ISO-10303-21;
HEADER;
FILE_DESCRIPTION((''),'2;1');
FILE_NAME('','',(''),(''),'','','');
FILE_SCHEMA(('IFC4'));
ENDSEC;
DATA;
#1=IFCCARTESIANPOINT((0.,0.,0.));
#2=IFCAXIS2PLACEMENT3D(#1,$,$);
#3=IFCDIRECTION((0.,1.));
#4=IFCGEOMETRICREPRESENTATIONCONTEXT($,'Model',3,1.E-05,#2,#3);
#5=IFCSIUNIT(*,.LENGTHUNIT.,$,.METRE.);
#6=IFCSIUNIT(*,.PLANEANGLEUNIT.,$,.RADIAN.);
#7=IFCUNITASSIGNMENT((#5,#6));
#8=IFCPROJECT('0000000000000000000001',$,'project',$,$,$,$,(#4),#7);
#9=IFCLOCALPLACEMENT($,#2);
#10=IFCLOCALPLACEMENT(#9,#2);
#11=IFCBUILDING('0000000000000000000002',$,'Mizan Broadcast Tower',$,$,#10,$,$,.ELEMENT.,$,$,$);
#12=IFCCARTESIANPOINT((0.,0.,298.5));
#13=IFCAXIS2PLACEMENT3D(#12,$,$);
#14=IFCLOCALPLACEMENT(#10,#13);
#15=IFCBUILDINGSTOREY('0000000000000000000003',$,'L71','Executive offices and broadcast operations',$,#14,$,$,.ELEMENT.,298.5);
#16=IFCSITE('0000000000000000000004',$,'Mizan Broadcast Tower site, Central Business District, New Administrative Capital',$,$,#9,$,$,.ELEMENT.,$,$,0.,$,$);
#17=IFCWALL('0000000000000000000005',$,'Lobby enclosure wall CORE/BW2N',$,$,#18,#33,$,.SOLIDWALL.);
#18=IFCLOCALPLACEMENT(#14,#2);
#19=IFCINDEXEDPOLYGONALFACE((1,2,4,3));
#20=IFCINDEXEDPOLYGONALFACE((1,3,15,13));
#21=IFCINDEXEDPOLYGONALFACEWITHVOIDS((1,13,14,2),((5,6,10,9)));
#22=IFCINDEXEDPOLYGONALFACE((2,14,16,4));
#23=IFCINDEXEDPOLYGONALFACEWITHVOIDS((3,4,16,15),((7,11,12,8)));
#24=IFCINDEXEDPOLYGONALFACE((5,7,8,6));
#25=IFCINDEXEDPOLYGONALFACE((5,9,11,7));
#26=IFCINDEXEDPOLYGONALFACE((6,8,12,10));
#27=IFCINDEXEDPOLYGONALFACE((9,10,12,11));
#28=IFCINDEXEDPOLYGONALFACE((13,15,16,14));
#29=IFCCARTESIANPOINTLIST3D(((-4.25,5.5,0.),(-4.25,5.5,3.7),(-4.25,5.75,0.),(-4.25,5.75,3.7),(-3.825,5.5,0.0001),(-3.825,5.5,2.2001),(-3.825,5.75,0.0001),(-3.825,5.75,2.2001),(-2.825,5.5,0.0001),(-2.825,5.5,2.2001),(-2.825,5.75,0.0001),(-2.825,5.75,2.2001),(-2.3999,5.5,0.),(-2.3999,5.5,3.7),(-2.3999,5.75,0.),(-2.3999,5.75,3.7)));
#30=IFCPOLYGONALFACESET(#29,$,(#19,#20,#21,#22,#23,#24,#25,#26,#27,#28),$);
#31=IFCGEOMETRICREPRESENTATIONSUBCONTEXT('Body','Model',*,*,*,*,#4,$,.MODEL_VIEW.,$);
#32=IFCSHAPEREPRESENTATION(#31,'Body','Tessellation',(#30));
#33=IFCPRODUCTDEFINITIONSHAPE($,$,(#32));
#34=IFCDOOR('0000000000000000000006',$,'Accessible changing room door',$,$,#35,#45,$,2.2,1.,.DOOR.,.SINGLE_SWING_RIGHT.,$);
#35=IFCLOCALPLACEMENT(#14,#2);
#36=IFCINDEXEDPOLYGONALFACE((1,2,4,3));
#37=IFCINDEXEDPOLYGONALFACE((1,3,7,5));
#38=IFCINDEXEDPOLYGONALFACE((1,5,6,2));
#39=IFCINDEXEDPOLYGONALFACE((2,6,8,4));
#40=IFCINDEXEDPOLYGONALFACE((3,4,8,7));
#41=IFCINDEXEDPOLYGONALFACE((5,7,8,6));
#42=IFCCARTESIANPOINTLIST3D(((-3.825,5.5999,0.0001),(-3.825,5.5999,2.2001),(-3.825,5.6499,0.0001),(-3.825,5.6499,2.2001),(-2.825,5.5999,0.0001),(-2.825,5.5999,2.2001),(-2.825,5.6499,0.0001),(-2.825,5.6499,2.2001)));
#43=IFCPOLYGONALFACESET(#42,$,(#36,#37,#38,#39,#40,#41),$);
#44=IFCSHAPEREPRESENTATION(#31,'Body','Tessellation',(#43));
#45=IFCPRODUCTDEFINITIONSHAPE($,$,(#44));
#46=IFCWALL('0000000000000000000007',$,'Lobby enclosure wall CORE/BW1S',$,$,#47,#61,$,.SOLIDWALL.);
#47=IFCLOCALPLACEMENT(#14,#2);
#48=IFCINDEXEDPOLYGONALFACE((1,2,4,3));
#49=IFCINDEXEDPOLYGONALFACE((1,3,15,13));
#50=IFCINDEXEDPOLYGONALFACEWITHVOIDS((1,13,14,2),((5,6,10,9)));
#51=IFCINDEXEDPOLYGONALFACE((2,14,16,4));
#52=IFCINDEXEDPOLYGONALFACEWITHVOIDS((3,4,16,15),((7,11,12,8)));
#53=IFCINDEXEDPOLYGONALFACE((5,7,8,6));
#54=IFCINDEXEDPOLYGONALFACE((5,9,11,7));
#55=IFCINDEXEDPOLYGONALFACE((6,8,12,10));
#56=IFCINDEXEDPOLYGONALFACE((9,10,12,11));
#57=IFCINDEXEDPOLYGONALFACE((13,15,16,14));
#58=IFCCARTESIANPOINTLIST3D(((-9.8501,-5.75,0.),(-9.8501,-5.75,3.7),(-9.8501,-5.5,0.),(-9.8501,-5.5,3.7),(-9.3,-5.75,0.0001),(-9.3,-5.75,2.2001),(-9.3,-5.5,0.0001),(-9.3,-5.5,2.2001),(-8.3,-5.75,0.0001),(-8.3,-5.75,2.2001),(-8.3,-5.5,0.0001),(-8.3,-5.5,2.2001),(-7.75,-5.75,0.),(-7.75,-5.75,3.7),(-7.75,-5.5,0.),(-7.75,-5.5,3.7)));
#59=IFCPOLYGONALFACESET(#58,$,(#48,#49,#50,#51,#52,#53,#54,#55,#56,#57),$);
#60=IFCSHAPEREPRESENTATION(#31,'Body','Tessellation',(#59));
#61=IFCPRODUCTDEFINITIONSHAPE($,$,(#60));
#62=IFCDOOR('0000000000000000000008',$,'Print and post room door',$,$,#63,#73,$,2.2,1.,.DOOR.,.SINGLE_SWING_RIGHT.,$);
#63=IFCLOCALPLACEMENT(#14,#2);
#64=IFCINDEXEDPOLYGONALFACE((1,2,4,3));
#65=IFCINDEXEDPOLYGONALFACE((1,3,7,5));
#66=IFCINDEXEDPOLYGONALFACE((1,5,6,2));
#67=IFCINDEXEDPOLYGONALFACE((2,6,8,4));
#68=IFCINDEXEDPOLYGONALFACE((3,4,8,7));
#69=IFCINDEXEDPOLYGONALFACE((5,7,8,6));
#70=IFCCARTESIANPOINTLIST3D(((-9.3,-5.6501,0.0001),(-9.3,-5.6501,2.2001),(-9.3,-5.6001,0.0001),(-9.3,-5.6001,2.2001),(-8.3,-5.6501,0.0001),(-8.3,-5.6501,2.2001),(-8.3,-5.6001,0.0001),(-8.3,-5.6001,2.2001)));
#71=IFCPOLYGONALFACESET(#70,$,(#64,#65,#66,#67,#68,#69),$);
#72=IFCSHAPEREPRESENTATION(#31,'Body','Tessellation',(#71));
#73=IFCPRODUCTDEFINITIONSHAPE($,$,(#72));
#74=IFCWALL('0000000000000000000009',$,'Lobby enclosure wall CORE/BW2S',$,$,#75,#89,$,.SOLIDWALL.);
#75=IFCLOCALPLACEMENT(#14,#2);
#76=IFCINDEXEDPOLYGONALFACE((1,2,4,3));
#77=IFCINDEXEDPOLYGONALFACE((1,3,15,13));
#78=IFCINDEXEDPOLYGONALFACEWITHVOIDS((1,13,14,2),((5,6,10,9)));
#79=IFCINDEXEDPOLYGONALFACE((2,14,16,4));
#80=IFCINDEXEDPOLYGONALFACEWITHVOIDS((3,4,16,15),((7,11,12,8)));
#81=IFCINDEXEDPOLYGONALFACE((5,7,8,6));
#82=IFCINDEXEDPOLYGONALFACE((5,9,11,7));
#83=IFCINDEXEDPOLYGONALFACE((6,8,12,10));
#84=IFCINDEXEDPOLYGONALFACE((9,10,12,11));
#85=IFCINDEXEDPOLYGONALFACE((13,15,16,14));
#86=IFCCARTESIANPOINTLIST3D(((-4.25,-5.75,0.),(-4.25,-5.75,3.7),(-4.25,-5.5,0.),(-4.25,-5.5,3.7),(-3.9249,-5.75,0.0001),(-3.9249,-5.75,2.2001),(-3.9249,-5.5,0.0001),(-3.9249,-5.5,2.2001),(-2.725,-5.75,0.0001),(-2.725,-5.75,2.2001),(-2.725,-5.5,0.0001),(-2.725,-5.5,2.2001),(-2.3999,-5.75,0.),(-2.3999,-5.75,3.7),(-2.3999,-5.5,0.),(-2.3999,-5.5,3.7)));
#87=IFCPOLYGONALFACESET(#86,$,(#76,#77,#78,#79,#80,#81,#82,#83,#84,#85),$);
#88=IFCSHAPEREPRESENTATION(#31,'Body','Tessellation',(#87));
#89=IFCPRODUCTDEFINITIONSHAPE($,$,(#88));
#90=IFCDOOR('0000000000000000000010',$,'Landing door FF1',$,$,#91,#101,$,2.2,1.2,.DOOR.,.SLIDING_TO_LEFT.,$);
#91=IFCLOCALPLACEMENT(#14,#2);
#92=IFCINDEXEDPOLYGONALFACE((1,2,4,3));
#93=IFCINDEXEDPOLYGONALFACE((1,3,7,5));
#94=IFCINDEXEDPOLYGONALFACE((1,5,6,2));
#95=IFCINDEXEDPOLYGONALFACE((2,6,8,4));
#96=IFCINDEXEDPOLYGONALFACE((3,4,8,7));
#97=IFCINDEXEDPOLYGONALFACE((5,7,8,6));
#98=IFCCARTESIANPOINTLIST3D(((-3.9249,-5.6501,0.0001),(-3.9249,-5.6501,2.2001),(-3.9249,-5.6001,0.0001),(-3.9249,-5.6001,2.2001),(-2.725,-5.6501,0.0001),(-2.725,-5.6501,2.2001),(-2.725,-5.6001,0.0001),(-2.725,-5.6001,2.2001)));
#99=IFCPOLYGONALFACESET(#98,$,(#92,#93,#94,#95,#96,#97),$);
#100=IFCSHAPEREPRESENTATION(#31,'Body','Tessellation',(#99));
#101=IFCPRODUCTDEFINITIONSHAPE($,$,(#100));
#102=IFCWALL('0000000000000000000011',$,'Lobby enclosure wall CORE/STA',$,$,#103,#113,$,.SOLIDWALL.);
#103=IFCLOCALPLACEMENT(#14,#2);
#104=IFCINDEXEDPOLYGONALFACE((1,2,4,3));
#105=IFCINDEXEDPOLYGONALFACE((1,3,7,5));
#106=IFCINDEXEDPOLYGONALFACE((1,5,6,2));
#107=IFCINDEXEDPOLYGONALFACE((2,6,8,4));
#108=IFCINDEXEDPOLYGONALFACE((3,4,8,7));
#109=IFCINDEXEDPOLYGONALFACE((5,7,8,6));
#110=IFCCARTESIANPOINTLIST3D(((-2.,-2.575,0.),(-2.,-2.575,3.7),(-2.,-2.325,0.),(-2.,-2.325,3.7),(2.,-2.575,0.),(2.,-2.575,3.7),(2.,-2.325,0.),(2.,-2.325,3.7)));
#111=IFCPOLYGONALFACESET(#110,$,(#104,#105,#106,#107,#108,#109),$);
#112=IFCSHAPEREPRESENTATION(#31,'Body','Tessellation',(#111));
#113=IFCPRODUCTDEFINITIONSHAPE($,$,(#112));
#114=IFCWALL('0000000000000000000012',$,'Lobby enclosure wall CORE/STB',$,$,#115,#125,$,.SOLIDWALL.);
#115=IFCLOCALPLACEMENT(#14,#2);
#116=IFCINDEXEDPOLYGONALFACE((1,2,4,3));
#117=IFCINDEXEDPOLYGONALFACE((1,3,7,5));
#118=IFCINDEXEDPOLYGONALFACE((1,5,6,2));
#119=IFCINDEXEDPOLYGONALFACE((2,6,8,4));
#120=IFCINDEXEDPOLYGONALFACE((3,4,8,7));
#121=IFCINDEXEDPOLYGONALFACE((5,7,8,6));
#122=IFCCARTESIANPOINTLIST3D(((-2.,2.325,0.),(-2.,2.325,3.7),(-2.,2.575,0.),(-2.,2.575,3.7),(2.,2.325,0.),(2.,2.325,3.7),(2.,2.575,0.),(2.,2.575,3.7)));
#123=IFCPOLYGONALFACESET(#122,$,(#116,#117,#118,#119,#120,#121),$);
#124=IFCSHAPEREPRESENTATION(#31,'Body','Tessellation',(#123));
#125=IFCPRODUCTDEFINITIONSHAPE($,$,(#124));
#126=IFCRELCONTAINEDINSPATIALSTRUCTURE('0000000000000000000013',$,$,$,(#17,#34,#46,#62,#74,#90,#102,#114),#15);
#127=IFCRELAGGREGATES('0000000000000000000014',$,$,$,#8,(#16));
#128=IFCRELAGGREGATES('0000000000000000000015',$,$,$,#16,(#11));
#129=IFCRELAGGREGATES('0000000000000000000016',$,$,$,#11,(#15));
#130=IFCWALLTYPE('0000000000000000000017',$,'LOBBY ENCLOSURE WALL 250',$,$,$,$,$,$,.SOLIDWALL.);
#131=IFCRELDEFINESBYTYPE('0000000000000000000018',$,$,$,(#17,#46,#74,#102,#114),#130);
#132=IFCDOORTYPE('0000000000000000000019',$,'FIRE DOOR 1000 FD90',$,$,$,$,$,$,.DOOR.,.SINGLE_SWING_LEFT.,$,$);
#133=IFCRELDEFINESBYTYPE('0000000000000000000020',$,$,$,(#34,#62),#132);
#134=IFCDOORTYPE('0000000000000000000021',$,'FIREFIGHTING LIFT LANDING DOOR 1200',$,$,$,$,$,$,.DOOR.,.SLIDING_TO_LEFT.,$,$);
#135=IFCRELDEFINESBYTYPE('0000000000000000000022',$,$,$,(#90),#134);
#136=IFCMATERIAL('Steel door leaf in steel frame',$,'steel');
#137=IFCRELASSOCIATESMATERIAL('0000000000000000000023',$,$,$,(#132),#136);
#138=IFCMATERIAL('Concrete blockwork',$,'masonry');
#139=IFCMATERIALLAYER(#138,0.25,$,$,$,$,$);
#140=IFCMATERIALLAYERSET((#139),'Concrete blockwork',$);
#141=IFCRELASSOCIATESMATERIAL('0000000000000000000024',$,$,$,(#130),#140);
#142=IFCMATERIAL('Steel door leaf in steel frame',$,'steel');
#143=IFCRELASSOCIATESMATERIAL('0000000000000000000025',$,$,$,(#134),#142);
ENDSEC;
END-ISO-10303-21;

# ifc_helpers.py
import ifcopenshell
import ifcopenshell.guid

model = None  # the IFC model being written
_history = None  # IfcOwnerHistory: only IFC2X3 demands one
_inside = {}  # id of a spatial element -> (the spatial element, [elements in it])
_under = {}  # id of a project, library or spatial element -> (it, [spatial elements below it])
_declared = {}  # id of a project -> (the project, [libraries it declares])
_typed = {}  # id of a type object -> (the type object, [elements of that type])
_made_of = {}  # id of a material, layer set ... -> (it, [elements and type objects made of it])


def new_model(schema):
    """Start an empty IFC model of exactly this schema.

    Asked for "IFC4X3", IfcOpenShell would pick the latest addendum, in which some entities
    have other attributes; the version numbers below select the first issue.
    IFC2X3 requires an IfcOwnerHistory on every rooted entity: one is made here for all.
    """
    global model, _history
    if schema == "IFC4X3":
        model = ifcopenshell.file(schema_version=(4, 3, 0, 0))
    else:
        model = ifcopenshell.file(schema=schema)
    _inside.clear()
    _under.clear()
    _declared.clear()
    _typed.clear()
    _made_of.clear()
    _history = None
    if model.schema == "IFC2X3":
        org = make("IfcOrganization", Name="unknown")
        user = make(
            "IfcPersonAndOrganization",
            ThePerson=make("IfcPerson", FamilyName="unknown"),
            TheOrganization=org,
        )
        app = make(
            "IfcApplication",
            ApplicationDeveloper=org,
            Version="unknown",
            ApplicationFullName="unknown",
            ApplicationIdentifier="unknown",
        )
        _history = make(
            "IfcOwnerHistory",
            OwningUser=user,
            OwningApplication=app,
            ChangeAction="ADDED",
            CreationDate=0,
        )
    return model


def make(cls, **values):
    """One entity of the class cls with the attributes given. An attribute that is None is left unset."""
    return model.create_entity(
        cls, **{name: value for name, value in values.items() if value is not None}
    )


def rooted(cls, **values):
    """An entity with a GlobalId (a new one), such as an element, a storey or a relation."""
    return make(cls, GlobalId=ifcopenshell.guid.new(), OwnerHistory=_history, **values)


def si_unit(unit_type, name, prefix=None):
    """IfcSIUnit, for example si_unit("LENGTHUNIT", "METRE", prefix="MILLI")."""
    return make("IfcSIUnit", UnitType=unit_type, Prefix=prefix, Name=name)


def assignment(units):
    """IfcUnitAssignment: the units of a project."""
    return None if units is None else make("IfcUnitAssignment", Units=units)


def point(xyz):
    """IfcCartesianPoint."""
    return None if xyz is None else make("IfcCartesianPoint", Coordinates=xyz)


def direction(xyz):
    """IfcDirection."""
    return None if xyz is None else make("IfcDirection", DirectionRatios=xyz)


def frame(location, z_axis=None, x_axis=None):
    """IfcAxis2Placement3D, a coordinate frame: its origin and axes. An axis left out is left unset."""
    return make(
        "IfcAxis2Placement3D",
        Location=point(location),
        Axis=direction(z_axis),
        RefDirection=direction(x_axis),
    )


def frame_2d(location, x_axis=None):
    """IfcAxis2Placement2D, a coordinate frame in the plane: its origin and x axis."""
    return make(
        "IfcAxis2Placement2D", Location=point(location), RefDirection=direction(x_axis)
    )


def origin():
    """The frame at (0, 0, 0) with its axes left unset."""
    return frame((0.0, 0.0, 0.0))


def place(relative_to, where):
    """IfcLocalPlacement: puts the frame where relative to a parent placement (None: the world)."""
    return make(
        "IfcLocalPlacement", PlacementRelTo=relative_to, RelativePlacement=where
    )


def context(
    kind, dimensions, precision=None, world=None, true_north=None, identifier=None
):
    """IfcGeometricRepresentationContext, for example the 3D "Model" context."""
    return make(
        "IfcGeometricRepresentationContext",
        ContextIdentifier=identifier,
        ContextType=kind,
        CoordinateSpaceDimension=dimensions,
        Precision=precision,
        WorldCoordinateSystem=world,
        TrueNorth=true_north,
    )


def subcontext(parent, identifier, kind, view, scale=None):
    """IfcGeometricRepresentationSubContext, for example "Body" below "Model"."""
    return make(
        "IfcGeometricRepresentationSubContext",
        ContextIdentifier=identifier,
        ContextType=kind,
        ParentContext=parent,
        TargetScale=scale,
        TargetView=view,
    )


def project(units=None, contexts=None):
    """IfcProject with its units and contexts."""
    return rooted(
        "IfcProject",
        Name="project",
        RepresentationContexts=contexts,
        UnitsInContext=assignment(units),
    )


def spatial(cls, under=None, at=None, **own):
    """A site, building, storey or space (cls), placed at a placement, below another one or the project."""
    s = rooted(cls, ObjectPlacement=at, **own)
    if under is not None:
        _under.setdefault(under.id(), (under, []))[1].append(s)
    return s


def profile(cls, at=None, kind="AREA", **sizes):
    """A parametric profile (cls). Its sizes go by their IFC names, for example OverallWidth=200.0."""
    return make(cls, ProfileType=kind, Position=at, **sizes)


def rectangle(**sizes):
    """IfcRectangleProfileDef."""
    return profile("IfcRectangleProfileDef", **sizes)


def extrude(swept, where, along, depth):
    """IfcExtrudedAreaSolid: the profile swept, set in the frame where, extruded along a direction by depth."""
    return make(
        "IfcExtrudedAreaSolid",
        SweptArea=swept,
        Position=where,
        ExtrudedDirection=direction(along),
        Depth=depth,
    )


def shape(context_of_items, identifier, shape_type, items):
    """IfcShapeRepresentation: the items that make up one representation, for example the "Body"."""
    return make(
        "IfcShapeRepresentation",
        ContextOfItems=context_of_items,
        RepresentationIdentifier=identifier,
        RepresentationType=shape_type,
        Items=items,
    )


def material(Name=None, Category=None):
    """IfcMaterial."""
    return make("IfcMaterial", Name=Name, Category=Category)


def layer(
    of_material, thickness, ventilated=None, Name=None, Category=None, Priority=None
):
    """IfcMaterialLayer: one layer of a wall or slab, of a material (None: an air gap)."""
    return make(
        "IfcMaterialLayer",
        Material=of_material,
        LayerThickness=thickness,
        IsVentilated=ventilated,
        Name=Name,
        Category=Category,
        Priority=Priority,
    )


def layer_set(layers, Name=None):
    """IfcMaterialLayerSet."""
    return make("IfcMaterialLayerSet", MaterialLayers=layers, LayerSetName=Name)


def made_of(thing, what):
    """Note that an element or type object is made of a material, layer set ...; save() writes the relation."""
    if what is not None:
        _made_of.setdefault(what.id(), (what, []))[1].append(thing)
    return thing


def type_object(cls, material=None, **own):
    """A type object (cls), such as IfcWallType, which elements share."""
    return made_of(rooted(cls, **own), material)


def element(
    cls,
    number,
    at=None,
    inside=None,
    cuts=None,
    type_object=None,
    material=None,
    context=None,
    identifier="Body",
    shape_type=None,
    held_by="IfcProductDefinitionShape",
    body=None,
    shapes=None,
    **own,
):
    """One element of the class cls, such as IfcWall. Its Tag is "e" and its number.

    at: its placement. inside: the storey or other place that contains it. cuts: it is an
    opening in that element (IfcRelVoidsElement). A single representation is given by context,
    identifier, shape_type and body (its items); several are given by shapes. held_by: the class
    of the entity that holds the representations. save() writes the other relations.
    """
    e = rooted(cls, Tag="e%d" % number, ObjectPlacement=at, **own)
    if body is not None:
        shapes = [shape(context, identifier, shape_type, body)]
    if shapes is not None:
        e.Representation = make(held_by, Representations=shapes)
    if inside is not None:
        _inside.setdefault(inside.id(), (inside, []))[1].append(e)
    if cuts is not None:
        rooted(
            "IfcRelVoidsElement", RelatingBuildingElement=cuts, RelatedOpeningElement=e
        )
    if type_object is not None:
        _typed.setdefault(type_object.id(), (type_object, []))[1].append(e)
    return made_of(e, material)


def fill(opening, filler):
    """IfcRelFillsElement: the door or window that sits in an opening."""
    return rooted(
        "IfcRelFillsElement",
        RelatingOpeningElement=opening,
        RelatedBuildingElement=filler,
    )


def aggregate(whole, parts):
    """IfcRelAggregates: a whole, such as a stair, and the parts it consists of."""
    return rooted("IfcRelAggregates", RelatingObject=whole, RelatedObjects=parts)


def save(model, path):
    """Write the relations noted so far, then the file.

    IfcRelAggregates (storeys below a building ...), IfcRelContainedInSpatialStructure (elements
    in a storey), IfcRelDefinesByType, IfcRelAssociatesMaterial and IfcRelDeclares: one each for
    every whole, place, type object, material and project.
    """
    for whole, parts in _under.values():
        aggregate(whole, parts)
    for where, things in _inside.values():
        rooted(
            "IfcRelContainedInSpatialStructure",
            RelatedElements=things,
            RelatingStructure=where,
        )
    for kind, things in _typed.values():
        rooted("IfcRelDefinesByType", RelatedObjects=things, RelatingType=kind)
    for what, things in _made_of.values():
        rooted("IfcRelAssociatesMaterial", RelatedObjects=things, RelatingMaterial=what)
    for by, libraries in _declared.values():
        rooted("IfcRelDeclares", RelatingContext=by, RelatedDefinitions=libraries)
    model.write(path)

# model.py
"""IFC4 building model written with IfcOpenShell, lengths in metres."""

from ifc_helpers import new_model, si_unit, direction, frame, frame_2d, origin, place, context, subcontext, project, spatial, rectangle, extrude, material, layer, layer_set, type_object, element, fill, save


model = new_model("IFC4")

# Units and contexts
model_context = context("Model", 3, precision=1e-05, world=origin(), true_north=direction((0.0, 1.0)))
body_context = subcontext(model_context, "Body", "Model", "MODEL_VIEW")
ifc_project = project(units=[si_unit("LENGTHUNIT", "METRE"), si_unit("PLANEANGLEUNIT", "RADIAN")], contexts=[model_context])

# Site, building, storey
site_placement = place(None, origin())
site = spatial("IfcSite", under=ifc_project, at=site_placement, Name="Mizan Broadcast Tower site, Central Business District, New Administrative Capital", CompositionType="ELEMENT", RefElevation=0.0)
building_placement = place(site_placement, origin())
building = spatial("IfcBuilding", under=site, at=building_placement, Name="Mizan Broadcast Tower", CompositionType="ELEMENT")
storey_placement = place(building_placement, frame((0.0, 0.0, 298.5)))
storey = spatial("IfcBuildingStorey", under=building, at=storey_placement, Name="L71", Description="Executive offices and broadcast operations", CompositionType="ELEMENT", Elevation=298.5)

# Shared definitions
ifc_material_1 = material(Name="Steel door leaf in steel frame", Category="steel")
door_type_1 = type_object("IfcDoorType", Name="FIRE DOOR 1000 FD90", OperationType="SINGLE_SWING_LEFT", PredefinedType="DOOR", material=ifc_material_1)

# Shared definitions
ifc_material_2 = material(Name="Concrete blockwork", Category="masonry")
ifc_layer_1 = layer(ifc_material_2, 0.25)
ifc_layer_set_1 = layer_set([ifc_layer_1], Name="Concrete blockwork")
wall_type_1 = type_object("IfcWallType", Name="LOBBY ENCLOSURE WALL 250", PredefinedType="SOLIDWALL", material=ifc_layer_set_1)

# Walls, openings, doors
wall_1_placement = place(storey_placement, frame((-4.25, 5.625, 0.0), z_axis=(0.0, 0.0, 1.0), x_axis=(1.0, 0.0, 0.0)))
wall_1 = element("IfcWall", 1, at=wall_1_placement, inside=storey, type_object=wall_type_1, Name="Lobby enclosure wall CORE/BW2N", PredefinedType="SOLIDWALL", context=body_context, shape_type="SweptSolid", body=[
    extrude(rectangle(XDim=1.8501, YDim=0.25, at=frame_2d((0.925, 0.0))), origin(), (0.0, 0.0, 1.0), 3.7),
])
opening_1_placement = place(wall_1_placement, frame((0.425, 0.0, 0.0)))
opening_1 = element("IfcOpeningElement", 2, at=opening_1_placement, cuts=wall_1, PredefinedType="OPENING", context=body_context, shape_type="SweptSolid", body=[
    extrude(rectangle(XDim=1.0, YDim=2.2, at=frame_2d((0.5, 1.1001))), frame((0.0, 0.135, 0.0), z_axis=(0.0, -1.0, 0.0), x_axis=(1.0, 0.0, 0.0)), (0.0, 0.0, 1.0), 0.27),
])
door_1_placement = place(opening_1_placement, origin())
door_1 = element("IfcDoor", 3, at=door_1_placement, inside=storey, type_object=door_type_1, Name="Accessible changing room door", OperationType="SINGLE_SWING_RIGHT", OverallHeight=2.2, OverallWidth=1.0, PredefinedType="DOOR", context=body_context, shape_type="SweptSolid", body=[
    extrude(rectangle(XDim=1.0, YDim=2.2, at=frame_2d((0.5, 1.1001))), frame((0.0, 0.0249, 0.0), z_axis=(0.0, -1.0, 0.0), x_axis=(1.0, 0.0, 0.0)), (0.0, 0.0, 1.0), 0.05),
])
fill(opening_1, door_1)
wall_2_placement = place(storey_placement, frame((-9.8501, -5.625, 0.0), z_axis=(0.0, 0.0, 1.0), x_axis=(1.0, 0.0, 0.0)))
wall_2 = element("IfcWall", 4, at=wall_2_placement, inside=storey, type_object=wall_type_1, Name="Lobby enclosure wall CORE/BW1S", PredefinedType="SOLIDWALL", context=body_context, shape_type="SweptSolid", body=[
    extrude(rectangle(XDim=2.1001, YDim=0.25, at=frame_2d((1.05, 0.0))), origin(), (0.0, 0.0, 1.0), 3.7),
])
opening_2_placement = place(wall_2_placement, frame((0.55, 0.0, 0.0)))
opening_2 = element("IfcOpeningElement", 5, at=opening_2_placement, cuts=wall_2, PredefinedType="OPENING", context=body_context, shape_type="SweptSolid", body=[
    extrude(rectangle(XDim=1.0, YDim=2.2, at=frame_2d((0.5, 1.1001))), frame((0.0, 0.135, 0.0), z_axis=(0.0, -1.0, 0.0), x_axis=(1.0, 0.0, 0.0)), (0.0, 0.0, 1.0), 0.27),
])
door_2_placement = place(opening_2_placement, origin())
door_2 = element("IfcDoor", 6, at=door_2_placement, inside=storey, type_object=door_type_1, Name="Print and post room door", OperationType="SINGLE_SWING_RIGHT", OverallHeight=2.2, OverallWidth=1.0, PredefinedType="DOOR", context=body_context, shape_type="SweptSolid", body=[
    extrude(rectangle(XDim=1.0, YDim=2.2, at=frame_2d((0.5, 1.1001))), frame((0.0, 0.0249, 0.0), z_axis=(0.0, -1.0, 0.0), x_axis=(1.0, 0.0, 0.0)), (0.0, 0.0, 1.0), 0.05),
])
fill(opening_2, door_2)
wall_3_placement = place(storey_placement, frame((-4.25, -5.625, 0.0), z_axis=(0.0, 0.0, 1.0), x_axis=(1.0, 0.0, 0.0)))
wall_3 = element("IfcWall", 7, at=wall_3_placement, inside=storey, type_object=wall_type_1, Name="Lobby enclosure wall CORE/BW2S", PredefinedType="SOLIDWALL", context=body_context, shape_type="SweptSolid", body=[
    extrude(rectangle(XDim=1.8501, YDim=0.25, at=frame_2d((0.925, 0.0))), origin(), (0.0, 0.0, 1.0), 3.7),
])
opening_3_placement = place(wall_3_placement, frame((0.325, 0.0, 0.0)))
opening_3 = element("IfcOpeningElement", 8, at=opening_3_placement, cuts=wall_3, PredefinedType="OPENING", context=body_context, shape_type="SweptSolid", body=[
    extrude(rectangle(XDim=1.2, YDim=2.2, at=frame_2d((0.6001, 1.1001))), frame((0.0, 0.135, 0.0), z_axis=(0.0, -1.0, 0.0), x_axis=(1.0, 0.0, 0.0)), (0.0, 0.0, 1.0), 0.27),
])
ifc_material_3 = material(Name="Steel door leaf in steel frame", Category="steel")
door_type_2 = type_object("IfcDoorType", Name="FIREFIGHTING LIFT LANDING DOOR 1200", OperationType="SLIDING_TO_LEFT", PredefinedType="DOOR", material=ifc_material_3)
door_3_placement = place(opening_3_placement, origin())
door_3 = element("IfcDoor", 9, at=door_3_placement, inside=storey, type_object=door_type_2, Name="Landing door FF1", OperationType="SLIDING_TO_LEFT", OverallHeight=2.2, OverallWidth=1.2, PredefinedType="DOOR", context=body_context, shape_type="SweptSolid", body=[
    extrude(rectangle(XDim=1.2, YDim=2.2, at=frame_2d((0.6001, 1.1001))), frame((0.0, 0.0249, 0.0), z_axis=(0.0, -1.0, 0.0), x_axis=(1.0, 0.0, 0.0)), (0.0, 0.0, 1.0), 0.05),
])
fill(opening_3, door_3)

# Walls
for number, where, z_axis, x_axis, name in (
    (10, (-2.0, -2.45, 0.0), (0.0, 0.0, 1.0), (1.0, 0.0, 0.0), "Lobby enclosure wall CORE/STA"),
    (11, (-2.0, 2.45, 0.0), (0.0, 0.0, 1.0), (1.0, 0.0, 0.0), "Lobby enclosure wall CORE/STB"),
):
    element("IfcWall", number, at=place(storey_placement, frame(where, z_axis=z_axis, x_axis=x_axis)), inside=storey, type_object=wall_type_1, Name=name, PredefinedType="SOLIDWALL", context=body_context, shape_type="SweptSolid", body=[
        extrude(rectangle(XDim=4.0, YDim=0.25, at=frame_2d((2.0, 0.0))), origin(), (0.0, 0.0, 1.0), 3.7),
    ])

save(model, "model.ifc")
